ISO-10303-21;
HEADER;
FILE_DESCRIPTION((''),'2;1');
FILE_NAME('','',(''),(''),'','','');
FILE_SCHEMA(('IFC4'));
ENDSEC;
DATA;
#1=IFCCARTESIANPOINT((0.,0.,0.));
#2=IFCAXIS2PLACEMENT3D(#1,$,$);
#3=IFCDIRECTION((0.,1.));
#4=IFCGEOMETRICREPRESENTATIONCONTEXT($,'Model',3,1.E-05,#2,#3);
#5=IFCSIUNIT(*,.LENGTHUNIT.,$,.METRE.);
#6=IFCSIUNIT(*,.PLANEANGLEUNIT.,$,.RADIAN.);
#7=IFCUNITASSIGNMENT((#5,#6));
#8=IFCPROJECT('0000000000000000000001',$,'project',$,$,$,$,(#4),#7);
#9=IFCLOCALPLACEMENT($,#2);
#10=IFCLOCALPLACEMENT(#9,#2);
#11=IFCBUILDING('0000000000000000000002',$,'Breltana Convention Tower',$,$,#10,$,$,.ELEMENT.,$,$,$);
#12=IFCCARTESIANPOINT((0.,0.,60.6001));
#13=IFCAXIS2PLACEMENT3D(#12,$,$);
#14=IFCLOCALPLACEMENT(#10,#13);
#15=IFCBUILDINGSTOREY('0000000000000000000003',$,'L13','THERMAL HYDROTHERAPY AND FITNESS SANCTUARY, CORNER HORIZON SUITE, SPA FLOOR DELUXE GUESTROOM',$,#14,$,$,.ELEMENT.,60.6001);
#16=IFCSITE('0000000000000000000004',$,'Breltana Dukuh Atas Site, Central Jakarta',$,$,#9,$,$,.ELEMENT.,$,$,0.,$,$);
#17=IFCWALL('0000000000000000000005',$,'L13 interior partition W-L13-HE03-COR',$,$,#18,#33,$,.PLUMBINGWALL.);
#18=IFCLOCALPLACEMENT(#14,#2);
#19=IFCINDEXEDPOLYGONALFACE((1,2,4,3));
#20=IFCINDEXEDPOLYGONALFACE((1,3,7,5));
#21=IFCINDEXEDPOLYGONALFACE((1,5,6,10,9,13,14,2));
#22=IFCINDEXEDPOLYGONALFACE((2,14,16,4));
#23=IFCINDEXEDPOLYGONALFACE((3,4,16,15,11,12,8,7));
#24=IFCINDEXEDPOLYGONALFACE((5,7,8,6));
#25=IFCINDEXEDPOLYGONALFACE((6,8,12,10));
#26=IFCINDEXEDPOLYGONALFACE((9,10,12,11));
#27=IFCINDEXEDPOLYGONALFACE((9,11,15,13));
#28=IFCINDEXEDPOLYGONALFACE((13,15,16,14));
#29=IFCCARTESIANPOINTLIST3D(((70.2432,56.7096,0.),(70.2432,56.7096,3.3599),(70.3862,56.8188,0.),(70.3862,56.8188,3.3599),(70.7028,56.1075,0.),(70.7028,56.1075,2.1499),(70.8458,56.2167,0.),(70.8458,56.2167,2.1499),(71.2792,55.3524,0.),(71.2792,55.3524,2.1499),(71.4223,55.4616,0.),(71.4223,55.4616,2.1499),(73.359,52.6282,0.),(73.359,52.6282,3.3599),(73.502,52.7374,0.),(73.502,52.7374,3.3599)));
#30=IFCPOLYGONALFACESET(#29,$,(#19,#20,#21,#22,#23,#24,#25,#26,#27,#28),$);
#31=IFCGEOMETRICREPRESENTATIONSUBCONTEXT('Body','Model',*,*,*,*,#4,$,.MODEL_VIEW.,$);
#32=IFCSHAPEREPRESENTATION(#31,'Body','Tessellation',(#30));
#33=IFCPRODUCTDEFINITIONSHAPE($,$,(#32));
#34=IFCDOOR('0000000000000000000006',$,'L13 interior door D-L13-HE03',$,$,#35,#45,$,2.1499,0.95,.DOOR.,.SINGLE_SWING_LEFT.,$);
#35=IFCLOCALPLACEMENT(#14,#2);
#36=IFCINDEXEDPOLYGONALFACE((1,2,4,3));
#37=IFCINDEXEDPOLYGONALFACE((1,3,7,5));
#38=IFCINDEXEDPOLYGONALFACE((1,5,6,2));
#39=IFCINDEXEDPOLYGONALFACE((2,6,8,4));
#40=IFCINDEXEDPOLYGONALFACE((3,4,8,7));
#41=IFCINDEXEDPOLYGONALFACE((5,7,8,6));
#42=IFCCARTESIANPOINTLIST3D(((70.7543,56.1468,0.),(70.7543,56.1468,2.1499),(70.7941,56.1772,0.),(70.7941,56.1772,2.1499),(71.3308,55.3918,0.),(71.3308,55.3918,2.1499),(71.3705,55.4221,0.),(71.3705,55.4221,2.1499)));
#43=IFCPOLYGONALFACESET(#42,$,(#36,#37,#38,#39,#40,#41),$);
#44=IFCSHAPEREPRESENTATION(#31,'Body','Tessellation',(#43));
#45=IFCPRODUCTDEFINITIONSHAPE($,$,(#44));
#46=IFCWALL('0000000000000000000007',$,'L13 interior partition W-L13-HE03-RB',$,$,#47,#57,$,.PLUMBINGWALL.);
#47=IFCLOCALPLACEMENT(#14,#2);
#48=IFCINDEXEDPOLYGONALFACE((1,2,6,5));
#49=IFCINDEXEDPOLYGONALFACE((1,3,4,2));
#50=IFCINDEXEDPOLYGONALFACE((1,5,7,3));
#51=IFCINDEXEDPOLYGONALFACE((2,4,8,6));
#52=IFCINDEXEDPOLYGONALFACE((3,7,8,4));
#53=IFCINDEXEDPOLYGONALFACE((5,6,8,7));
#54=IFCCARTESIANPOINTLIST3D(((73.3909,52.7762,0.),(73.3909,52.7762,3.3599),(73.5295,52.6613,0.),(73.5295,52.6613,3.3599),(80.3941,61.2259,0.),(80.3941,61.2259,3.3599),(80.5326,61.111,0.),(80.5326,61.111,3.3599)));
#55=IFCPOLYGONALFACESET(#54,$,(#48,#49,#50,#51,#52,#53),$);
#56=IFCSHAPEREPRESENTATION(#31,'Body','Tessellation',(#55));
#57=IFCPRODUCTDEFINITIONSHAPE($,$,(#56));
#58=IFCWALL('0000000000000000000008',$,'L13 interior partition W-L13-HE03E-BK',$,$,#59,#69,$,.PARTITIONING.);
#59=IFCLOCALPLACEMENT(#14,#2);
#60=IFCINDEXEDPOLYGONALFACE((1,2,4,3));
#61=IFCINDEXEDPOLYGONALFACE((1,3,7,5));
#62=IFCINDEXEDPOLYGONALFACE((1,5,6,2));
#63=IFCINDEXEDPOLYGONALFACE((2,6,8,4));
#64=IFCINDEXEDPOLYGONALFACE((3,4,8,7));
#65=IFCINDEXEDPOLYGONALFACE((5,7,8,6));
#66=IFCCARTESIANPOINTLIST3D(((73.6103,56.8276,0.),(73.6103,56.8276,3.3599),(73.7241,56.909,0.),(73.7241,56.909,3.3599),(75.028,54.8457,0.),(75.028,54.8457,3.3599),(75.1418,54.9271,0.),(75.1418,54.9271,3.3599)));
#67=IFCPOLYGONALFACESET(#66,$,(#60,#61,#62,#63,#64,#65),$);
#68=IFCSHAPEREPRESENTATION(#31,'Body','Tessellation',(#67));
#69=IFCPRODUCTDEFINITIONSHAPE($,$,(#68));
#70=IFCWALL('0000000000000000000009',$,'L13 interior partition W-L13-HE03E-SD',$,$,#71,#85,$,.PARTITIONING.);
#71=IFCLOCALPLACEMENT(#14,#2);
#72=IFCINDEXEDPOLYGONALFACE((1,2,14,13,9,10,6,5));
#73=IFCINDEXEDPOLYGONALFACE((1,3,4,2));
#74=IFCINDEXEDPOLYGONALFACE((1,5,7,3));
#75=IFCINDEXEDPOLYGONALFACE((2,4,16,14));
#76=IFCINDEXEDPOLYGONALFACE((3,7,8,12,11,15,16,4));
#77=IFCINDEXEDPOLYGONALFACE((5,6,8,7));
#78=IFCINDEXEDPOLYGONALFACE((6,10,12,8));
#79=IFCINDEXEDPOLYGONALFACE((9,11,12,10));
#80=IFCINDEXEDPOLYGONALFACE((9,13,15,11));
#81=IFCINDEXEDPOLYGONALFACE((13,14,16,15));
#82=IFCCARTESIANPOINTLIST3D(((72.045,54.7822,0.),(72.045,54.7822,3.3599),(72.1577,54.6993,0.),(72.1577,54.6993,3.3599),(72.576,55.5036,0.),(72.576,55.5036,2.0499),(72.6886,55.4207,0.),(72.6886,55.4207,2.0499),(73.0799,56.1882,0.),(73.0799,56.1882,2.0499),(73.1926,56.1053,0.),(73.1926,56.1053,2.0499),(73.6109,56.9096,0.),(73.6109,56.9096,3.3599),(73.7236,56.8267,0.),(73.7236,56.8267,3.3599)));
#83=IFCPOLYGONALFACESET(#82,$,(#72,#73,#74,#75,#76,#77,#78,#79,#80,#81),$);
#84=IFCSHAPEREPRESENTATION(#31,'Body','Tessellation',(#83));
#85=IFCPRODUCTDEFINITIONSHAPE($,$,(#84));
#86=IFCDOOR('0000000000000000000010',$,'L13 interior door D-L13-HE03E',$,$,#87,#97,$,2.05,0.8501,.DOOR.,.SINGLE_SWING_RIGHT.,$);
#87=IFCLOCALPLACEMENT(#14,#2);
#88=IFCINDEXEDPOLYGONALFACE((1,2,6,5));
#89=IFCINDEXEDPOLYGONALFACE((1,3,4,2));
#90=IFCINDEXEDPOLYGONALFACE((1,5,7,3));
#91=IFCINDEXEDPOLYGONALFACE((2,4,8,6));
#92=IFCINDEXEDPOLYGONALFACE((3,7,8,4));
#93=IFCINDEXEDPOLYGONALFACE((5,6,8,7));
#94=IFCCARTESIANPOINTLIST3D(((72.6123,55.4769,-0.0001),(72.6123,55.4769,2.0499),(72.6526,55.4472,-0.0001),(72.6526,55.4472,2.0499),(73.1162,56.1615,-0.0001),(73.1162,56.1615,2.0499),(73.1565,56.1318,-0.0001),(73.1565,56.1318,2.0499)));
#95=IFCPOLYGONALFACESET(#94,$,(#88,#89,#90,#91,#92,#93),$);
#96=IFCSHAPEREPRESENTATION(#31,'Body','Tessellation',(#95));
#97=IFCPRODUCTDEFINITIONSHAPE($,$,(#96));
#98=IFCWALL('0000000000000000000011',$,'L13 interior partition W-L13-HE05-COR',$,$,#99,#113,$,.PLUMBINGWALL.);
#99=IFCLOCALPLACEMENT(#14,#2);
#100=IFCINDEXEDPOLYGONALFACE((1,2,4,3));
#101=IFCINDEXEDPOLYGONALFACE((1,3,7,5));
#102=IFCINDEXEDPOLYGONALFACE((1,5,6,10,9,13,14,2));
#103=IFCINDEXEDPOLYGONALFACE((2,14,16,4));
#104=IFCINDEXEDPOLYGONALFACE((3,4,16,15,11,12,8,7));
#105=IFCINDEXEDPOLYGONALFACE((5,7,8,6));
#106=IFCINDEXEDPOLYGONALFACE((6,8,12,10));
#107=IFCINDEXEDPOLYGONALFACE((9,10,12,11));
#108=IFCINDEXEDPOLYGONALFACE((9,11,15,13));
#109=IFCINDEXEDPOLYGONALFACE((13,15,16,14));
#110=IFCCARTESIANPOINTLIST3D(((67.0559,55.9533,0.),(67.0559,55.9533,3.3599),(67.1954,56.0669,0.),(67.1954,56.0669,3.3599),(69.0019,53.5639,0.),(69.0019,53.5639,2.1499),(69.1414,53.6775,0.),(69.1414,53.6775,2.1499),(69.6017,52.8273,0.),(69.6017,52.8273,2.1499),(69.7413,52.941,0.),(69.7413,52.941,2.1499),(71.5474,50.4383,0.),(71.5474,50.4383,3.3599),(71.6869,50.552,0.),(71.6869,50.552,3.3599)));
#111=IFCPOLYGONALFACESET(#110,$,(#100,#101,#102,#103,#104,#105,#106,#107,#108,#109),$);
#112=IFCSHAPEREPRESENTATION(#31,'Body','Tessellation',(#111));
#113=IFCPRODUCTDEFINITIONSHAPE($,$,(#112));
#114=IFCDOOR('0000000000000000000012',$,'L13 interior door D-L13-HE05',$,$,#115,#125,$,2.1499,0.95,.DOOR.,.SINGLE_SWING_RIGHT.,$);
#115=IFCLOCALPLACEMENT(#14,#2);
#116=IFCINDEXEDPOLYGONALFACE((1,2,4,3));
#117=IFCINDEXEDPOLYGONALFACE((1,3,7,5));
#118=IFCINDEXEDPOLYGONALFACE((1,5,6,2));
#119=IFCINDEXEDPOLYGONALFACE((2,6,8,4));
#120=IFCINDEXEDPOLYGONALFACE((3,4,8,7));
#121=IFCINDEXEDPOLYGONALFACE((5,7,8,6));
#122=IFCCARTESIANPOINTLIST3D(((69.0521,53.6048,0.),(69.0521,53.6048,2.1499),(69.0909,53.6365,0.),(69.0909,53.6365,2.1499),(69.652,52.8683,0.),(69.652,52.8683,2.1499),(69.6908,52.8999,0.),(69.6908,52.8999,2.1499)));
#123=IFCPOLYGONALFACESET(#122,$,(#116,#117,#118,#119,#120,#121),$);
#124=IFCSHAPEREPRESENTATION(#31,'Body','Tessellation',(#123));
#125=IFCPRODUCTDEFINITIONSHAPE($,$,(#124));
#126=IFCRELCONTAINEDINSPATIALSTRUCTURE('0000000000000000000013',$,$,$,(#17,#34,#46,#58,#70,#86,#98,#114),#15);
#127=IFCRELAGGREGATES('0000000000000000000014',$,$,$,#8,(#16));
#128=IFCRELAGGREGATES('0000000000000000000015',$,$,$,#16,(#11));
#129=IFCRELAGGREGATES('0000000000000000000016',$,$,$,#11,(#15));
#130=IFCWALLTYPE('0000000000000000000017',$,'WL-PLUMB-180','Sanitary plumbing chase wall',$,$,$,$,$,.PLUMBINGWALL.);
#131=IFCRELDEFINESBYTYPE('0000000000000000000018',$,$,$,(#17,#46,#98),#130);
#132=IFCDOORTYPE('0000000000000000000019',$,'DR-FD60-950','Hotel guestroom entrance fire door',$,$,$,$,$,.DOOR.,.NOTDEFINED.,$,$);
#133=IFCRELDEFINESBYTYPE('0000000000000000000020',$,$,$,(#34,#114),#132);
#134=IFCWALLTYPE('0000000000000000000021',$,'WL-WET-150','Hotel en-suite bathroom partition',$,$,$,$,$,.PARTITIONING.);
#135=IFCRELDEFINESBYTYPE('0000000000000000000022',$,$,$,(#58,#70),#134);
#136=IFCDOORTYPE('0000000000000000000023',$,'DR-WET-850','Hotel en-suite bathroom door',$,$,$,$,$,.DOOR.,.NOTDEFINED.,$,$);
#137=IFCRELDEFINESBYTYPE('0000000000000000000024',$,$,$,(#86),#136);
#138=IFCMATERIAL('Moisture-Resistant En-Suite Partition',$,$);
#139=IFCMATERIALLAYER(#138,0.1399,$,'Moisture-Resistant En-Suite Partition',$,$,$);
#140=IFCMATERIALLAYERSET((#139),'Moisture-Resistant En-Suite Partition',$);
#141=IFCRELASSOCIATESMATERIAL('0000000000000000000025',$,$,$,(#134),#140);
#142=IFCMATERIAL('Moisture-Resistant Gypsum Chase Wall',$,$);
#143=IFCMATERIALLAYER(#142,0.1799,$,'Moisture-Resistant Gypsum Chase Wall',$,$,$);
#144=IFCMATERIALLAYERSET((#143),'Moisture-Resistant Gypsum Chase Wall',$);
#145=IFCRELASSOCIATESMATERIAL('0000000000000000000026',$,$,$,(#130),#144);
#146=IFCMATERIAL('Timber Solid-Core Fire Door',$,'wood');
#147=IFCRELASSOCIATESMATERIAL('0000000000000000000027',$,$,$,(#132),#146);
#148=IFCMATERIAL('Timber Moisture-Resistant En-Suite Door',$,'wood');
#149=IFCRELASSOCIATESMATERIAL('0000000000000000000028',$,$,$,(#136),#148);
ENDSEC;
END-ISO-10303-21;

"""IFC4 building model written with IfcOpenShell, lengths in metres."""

from ifc_helpers import new_model, si_unit, direction, frame, frame_2d, origin, place, context, subcontext, project, spatial, rectangle, extrude, source, transform, mapped, material, layer, layer_set, type_object, type_shapes, element, fill, save


model = new_model("IFC4")

# Units and contexts
model_context = context("Model", 3, precision=1e-05, world=origin(), true_north=direction((0.0, 1.0)))
body_context = subcontext(model_context, "Body", "Model", "MODEL_VIEW")
ifc_project = project(units=[si_unit("LENGTHUNIT", "METRE"), si_unit("PLANEANGLEUNIT", "RADIAN")], contexts=[model_context])

# Site, building, storey
site_placement = place(None, origin())
site = spatial("IfcSite", under=ifc_project, at=site_placement, Name="Breltana Dukuh Atas Site, Central Jakarta", CompositionType="ELEMENT", RefElevation=0.0)
building_placement = place(site_placement, origin())
building = spatial("IfcBuilding", under=site, at=building_placement, Name="Breltana Convention Tower", CompositionType="ELEMENT")
storey_placement = place(building_placement, frame((0.0, 0.0, 60.6001)))
storey = spatial("IfcBuildingStorey", under=building, at=storey_placement, Name="L13", Description="THERMAL HYDROTHERAPY AND FITNESS SANCTUARY, CORNER HORIZON SUITE, SPA FLOOR DELUXE GUESTROOM", CompositionType="ELEMENT", Elevation=60.6001)

# Shared definitions
ifc_material_1 = material(Name="Moisture-Resistant En-Suite Partition")
ifc_layer_1 = layer(ifc_material_1, 0.1399, Name="Moisture-Resistant En-Suite Partition")
ifc_layer_set_1 = layer_set([ifc_layer_1], Name="Moisture-Resistant En-Suite Partition")
wall_type_1 = type_object("IfcWallType", Name="WL-WET-150", Description="Hotel en-suite bathroom partition", PredefinedType="PARTITIONING", material=ifc_layer_set_1)
ifc_material_2 = material(Name="Moisture-Resistant Gypsum Chase Wall")
ifc_layer_2 = layer(ifc_material_2, 0.1799, Name="Moisture-Resistant Gypsum Chase Wall")
ifc_layer_set_2 = layer_set([ifc_layer_2], Name="Moisture-Resistant Gypsum Chase Wall")
wall_type_2 = type_object("IfcWallType", Name="WL-PLUMB-180", Description="Sanitary plumbing chase wall", PredefinedType="PLUMBINGWALL", material=ifc_layer_set_2)

# Wall, opening, door
shared_shape_1 = source(origin(), body_context, "Body", "SweptSolid", [
    extrude(rectangle(XDim=5.1348, YDim=0.1799, at=frame_2d((2.5674, 0.0))), origin(), (0.0, 0.0, 1.0), 3.3599),
])
wall_1_placement = place(storey_placement, frame((70.3147, 56.7642, 0.0), z_axis=(0.0, 0.0, 1.0), x_axis=(0.606802, -0.794853, 0.0)))
wall_1 = element("IfcWall", 1, at=wall_1_placement, inside=storey, type_object=wall_type_2, Name="L13 interior partition W-L13-HE03-COR", PredefinedType="PLUMBINGWALL", context=body_context, shape_type="MappedRepresentation", body=[
    mapped(shared_shape_1, transform((0.0, 0.0, 0.0), scale=1.0)),
])
opening_1_placement = place(wall_1_placement, frame((0.7573, 0.0, 0.0)))
opening_1 = element("IfcOpeningElement", 2, at=opening_1_placement, cuts=wall_1, PredefinedType="OPENING", context=body_context, shape_type="SweptSolid", body=[
    extrude(rectangle(XDim=0.95, YDim=2.1499, at=frame_2d((0.4751, 1.075))), frame((0.0, 0.1001, 0.0), z_axis=(0.0, -1.0, 0.0), x_axis=(1.0, 0.0, 0.0)), (0.0, 0.0, 1.0), 0.2),
])
ifc_material_3 = material(Name="Timber Solid-Core Fire Door", Category="wood")
door_type_1 = type_object("IfcDoorType", Name="DR-FD60-950", Description="Hotel guestroom entrance fire door", OperationType="NOTDEFINED", PredefinedType="DOOR", material=ifc_material_3)
shared_shape_2 = source(origin(), body_context, "Body", "SweptSolid", [
    extrude(rectangle(XDim=0.95, YDim=2.1499, at=frame_2d((0.4751, 1.075))), frame((0.0, 0.0249, 0.0), z_axis=(0.0, -1.0, 0.0), x_axis=(1.0, 0.0, 0.0)), (0.0, 0.0, 1.0), 0.05),
])
type_shapes(door_type_1, [shared_shape_2])
door_1_placement = place(opening_1_placement, origin())
door_1 = element("IfcDoor", 3, at=door_1_placement, inside=storey, type_object=door_type_1, Name="L13 interior door D-L13-HE03", OperationType="SINGLE_SWING_LEFT", OverallHeight=2.1499, OverallWidth=0.95, PredefinedType="DOOR", context=body_context, shape_type="MappedRepresentation", body=[
    mapped(shared_shape_2, transform((0.0, 0.0, 0.0), scale=1.0)),
])
fill(opening_1, door_1)

# Walls
shared_shape_3 = source(origin(), body_context, "Body", "SweptSolid", [
    extrude(rectangle(XDim=10.9746, YDim=0.1799, at=frame_2d((5.4873, 0.0))), origin(), (0.0, 0.0, 1.0), 3.3599),
])
wall_2_placement = place(storey_placement, frame((73.4602, 52.7188, 0.0), z_axis=(0.0, 0.0, 1.0), x_axis=(0.638125, 0.769933, 0.0)))
element("IfcWall", 4, at=wall_2_placement, inside=storey, type_object=wall_type_2, Name="L13 interior partition W-L13-HE03-RB", PredefinedType="PLUMBINGWALL", context=body_context, shape_type="MappedRepresentation", body=[
    mapped(shared_shape_3, transform((0.0, 0.0, 0.0), scale=1.0)),
])
shared_shape_4 = source(origin(), body_context, "Body", "SweptSolid", [
    extrude(rectangle(XDim=2.4368, YDim=0.1399, at=frame_2d((1.2183, 0.0))), origin(), (0.0, 0.0, 1.0), 3.3599),
])
wall_3_placement = place(storey_placement, frame((73.6672, 56.8682, 0.0), z_axis=(0.0, 0.0, 1.0), x_axis=(0.581797, -0.813334, 0.0)))
element("IfcWall", 5, at=wall_3_placement, inside=storey, type_object=wall_type_1, Name="L13 interior partition W-L13-HE03E-BK", PredefinedType="PARTITIONING", context=body_context, shape_type="MappedRepresentation", body=[
    mapped(shared_shape_4, transform((0.0, 0.0, 0.0), scale=1.0)),
])

# Walls, openings, doors
shared_shape_5 = source(origin(), body_context, "Body", "SweptSolid", [
    extrude(rectangle(XDim=2.6416, YDim=0.1399, at=frame_2d((1.3208, 0.0))), origin(), (0.0, 0.0, 1.0), 3.3599),
])
wall_4_placement = place(storey_placement, frame((72.1013, 54.7407, 0.0), z_axis=(0.0, 0.0, 1.0), x_axis=(0.592789, 0.805358, 0.0)))
wall_4 = element("IfcWall", 6, at=wall_4_placement, inside=storey, type_object=wall_type_1, Name="L13 interior partition W-L13-HE03E-SD", PredefinedType="PARTITIONING", context=body_context, shape_type="MappedRepresentation", body=[
    mapped(shared_shape_5, transform((0.0, 0.0, 0.0), scale=1.0)),
])
opening_2_placement = place(wall_4_placement, frame((0.8958, 0.0, 0.0)))
opening_2 = element("IfcOpeningElement", 7, at=opening_2_placement, cuts=wall_4, PredefinedType="OPENING", context=body_context, shape_type="SweptSolid", body=[
    extrude(rectangle(XDim=0.8501, YDim=2.05, at=frame_2d((0.425, 1.0249))), frame((0.0, 0.0801, 0.0), z_axis=(0.0, -1.0, 0.0), x_axis=(1.0, 0.0, 0.0)), (0.0, 0.0, 1.0), 0.1599),
])
ifc_material_4 = material(Name="Timber Moisture-Resistant En-Suite Door", Category="wood")
door_type_2 = type_object("IfcDoorType", Name="DR-WET-850", Description="Hotel en-suite bathroom door", OperationType="NOTDEFINED", PredefinedType="DOOR", material=ifc_material_4)
shared_shape_6 = source(origin(), body_context, "Body", "SweptSolid", [
    extrude(rectangle(XDim=0.8501, YDim=2.05, at=frame_2d((0.425, 1.0249))), frame((0.0, 0.0249, 0.0), z_axis=(0.0, -1.0, 0.0), x_axis=(1.0, 0.0, 0.0)), (0.0, 0.0, 1.0), 0.05),
])
type_shapes(door_type_2, [shared_shape_6])
door_2_placement = place(opening_2_placement, origin())
door_2 = element("IfcDoor", 8, at=door_2_placement, inside=storey, type_object=door_type_2, Name="L13 interior door D-L13-HE03E", OperationType="SINGLE_SWING_RIGHT", OverallHeight=2.05, OverallWidth=0.8501, PredefinedType="DOOR", context=body_context, shape_type="MappedRepresentation", body=[
    mapped(shared_shape_6, transform((0.0, 0.0, 0.0), scale=1.0)),
])
fill(opening_2, door_2)
shared_shape_7 = source(origin(), body_context, "Body", "SweptSolid", [
    extrude(rectangle(XDim=7.1125, YDim=0.1799, at=frame_2d((3.5562, 0.0))), origin(), (0.0, 0.0, 1.0), 3.3599),
])
wall_5_placement = place(storey_placement, frame((67.1257, 56.01, 0.0), z_axis=(0.0, 0.0, 1.0), x_axis=(0.63149, -0.775384, 0.0)))
wall_5 = element("IfcWall", 9, at=wall_5_placement, inside=storey, type_object=wall_type_2, Name="L13 interior partition W-L13-HE05-COR", PredefinedType="PLUMBINGWALL", context=body_context, shape_type="MappedRepresentation", body=[
    mapped(shared_shape_7, transform((0.0, 0.0, 0.0), scale=1.0)),
])
opening_3_placement = place(wall_5_placement, frame((3.0813, 0.0, 0.0)))
opening_3 = element("IfcOpeningElement", 10, at=opening_3_placement, cuts=wall_5, PredefinedType="OPENING", context=body_context, shape_type="SweptSolid", body=[
    extrude(rectangle(XDim=0.95, YDim=2.1499, at=frame_2d((0.4751, 1.075))), frame((0.0, 0.1001, 0.0), z_axis=(0.0, -1.0, 0.0), x_axis=(1.0, 0.0, 0.0)), (0.0, 0.0, 1.0), 0.2),
])
door_3_placement = place(opening_3_placement, origin())
door_3 = element("IfcDoor", 11, at=door_3_placement, inside=storey, type_object=door_type_1, Name="L13 interior door D-L13-HE05", OperationType="SINGLE_SWING_RIGHT", OverallHeight=2.1499, OverallWidth=0.95, PredefinedType="DOOR", context=body_context, shape_type="MappedRepresentation", body=[
    mapped(shared_shape_2, transform((0.0, 0.0, 0.0), scale=1.0)),
])
fill(opening_3, door_3)

save(model, "model.ifc")
